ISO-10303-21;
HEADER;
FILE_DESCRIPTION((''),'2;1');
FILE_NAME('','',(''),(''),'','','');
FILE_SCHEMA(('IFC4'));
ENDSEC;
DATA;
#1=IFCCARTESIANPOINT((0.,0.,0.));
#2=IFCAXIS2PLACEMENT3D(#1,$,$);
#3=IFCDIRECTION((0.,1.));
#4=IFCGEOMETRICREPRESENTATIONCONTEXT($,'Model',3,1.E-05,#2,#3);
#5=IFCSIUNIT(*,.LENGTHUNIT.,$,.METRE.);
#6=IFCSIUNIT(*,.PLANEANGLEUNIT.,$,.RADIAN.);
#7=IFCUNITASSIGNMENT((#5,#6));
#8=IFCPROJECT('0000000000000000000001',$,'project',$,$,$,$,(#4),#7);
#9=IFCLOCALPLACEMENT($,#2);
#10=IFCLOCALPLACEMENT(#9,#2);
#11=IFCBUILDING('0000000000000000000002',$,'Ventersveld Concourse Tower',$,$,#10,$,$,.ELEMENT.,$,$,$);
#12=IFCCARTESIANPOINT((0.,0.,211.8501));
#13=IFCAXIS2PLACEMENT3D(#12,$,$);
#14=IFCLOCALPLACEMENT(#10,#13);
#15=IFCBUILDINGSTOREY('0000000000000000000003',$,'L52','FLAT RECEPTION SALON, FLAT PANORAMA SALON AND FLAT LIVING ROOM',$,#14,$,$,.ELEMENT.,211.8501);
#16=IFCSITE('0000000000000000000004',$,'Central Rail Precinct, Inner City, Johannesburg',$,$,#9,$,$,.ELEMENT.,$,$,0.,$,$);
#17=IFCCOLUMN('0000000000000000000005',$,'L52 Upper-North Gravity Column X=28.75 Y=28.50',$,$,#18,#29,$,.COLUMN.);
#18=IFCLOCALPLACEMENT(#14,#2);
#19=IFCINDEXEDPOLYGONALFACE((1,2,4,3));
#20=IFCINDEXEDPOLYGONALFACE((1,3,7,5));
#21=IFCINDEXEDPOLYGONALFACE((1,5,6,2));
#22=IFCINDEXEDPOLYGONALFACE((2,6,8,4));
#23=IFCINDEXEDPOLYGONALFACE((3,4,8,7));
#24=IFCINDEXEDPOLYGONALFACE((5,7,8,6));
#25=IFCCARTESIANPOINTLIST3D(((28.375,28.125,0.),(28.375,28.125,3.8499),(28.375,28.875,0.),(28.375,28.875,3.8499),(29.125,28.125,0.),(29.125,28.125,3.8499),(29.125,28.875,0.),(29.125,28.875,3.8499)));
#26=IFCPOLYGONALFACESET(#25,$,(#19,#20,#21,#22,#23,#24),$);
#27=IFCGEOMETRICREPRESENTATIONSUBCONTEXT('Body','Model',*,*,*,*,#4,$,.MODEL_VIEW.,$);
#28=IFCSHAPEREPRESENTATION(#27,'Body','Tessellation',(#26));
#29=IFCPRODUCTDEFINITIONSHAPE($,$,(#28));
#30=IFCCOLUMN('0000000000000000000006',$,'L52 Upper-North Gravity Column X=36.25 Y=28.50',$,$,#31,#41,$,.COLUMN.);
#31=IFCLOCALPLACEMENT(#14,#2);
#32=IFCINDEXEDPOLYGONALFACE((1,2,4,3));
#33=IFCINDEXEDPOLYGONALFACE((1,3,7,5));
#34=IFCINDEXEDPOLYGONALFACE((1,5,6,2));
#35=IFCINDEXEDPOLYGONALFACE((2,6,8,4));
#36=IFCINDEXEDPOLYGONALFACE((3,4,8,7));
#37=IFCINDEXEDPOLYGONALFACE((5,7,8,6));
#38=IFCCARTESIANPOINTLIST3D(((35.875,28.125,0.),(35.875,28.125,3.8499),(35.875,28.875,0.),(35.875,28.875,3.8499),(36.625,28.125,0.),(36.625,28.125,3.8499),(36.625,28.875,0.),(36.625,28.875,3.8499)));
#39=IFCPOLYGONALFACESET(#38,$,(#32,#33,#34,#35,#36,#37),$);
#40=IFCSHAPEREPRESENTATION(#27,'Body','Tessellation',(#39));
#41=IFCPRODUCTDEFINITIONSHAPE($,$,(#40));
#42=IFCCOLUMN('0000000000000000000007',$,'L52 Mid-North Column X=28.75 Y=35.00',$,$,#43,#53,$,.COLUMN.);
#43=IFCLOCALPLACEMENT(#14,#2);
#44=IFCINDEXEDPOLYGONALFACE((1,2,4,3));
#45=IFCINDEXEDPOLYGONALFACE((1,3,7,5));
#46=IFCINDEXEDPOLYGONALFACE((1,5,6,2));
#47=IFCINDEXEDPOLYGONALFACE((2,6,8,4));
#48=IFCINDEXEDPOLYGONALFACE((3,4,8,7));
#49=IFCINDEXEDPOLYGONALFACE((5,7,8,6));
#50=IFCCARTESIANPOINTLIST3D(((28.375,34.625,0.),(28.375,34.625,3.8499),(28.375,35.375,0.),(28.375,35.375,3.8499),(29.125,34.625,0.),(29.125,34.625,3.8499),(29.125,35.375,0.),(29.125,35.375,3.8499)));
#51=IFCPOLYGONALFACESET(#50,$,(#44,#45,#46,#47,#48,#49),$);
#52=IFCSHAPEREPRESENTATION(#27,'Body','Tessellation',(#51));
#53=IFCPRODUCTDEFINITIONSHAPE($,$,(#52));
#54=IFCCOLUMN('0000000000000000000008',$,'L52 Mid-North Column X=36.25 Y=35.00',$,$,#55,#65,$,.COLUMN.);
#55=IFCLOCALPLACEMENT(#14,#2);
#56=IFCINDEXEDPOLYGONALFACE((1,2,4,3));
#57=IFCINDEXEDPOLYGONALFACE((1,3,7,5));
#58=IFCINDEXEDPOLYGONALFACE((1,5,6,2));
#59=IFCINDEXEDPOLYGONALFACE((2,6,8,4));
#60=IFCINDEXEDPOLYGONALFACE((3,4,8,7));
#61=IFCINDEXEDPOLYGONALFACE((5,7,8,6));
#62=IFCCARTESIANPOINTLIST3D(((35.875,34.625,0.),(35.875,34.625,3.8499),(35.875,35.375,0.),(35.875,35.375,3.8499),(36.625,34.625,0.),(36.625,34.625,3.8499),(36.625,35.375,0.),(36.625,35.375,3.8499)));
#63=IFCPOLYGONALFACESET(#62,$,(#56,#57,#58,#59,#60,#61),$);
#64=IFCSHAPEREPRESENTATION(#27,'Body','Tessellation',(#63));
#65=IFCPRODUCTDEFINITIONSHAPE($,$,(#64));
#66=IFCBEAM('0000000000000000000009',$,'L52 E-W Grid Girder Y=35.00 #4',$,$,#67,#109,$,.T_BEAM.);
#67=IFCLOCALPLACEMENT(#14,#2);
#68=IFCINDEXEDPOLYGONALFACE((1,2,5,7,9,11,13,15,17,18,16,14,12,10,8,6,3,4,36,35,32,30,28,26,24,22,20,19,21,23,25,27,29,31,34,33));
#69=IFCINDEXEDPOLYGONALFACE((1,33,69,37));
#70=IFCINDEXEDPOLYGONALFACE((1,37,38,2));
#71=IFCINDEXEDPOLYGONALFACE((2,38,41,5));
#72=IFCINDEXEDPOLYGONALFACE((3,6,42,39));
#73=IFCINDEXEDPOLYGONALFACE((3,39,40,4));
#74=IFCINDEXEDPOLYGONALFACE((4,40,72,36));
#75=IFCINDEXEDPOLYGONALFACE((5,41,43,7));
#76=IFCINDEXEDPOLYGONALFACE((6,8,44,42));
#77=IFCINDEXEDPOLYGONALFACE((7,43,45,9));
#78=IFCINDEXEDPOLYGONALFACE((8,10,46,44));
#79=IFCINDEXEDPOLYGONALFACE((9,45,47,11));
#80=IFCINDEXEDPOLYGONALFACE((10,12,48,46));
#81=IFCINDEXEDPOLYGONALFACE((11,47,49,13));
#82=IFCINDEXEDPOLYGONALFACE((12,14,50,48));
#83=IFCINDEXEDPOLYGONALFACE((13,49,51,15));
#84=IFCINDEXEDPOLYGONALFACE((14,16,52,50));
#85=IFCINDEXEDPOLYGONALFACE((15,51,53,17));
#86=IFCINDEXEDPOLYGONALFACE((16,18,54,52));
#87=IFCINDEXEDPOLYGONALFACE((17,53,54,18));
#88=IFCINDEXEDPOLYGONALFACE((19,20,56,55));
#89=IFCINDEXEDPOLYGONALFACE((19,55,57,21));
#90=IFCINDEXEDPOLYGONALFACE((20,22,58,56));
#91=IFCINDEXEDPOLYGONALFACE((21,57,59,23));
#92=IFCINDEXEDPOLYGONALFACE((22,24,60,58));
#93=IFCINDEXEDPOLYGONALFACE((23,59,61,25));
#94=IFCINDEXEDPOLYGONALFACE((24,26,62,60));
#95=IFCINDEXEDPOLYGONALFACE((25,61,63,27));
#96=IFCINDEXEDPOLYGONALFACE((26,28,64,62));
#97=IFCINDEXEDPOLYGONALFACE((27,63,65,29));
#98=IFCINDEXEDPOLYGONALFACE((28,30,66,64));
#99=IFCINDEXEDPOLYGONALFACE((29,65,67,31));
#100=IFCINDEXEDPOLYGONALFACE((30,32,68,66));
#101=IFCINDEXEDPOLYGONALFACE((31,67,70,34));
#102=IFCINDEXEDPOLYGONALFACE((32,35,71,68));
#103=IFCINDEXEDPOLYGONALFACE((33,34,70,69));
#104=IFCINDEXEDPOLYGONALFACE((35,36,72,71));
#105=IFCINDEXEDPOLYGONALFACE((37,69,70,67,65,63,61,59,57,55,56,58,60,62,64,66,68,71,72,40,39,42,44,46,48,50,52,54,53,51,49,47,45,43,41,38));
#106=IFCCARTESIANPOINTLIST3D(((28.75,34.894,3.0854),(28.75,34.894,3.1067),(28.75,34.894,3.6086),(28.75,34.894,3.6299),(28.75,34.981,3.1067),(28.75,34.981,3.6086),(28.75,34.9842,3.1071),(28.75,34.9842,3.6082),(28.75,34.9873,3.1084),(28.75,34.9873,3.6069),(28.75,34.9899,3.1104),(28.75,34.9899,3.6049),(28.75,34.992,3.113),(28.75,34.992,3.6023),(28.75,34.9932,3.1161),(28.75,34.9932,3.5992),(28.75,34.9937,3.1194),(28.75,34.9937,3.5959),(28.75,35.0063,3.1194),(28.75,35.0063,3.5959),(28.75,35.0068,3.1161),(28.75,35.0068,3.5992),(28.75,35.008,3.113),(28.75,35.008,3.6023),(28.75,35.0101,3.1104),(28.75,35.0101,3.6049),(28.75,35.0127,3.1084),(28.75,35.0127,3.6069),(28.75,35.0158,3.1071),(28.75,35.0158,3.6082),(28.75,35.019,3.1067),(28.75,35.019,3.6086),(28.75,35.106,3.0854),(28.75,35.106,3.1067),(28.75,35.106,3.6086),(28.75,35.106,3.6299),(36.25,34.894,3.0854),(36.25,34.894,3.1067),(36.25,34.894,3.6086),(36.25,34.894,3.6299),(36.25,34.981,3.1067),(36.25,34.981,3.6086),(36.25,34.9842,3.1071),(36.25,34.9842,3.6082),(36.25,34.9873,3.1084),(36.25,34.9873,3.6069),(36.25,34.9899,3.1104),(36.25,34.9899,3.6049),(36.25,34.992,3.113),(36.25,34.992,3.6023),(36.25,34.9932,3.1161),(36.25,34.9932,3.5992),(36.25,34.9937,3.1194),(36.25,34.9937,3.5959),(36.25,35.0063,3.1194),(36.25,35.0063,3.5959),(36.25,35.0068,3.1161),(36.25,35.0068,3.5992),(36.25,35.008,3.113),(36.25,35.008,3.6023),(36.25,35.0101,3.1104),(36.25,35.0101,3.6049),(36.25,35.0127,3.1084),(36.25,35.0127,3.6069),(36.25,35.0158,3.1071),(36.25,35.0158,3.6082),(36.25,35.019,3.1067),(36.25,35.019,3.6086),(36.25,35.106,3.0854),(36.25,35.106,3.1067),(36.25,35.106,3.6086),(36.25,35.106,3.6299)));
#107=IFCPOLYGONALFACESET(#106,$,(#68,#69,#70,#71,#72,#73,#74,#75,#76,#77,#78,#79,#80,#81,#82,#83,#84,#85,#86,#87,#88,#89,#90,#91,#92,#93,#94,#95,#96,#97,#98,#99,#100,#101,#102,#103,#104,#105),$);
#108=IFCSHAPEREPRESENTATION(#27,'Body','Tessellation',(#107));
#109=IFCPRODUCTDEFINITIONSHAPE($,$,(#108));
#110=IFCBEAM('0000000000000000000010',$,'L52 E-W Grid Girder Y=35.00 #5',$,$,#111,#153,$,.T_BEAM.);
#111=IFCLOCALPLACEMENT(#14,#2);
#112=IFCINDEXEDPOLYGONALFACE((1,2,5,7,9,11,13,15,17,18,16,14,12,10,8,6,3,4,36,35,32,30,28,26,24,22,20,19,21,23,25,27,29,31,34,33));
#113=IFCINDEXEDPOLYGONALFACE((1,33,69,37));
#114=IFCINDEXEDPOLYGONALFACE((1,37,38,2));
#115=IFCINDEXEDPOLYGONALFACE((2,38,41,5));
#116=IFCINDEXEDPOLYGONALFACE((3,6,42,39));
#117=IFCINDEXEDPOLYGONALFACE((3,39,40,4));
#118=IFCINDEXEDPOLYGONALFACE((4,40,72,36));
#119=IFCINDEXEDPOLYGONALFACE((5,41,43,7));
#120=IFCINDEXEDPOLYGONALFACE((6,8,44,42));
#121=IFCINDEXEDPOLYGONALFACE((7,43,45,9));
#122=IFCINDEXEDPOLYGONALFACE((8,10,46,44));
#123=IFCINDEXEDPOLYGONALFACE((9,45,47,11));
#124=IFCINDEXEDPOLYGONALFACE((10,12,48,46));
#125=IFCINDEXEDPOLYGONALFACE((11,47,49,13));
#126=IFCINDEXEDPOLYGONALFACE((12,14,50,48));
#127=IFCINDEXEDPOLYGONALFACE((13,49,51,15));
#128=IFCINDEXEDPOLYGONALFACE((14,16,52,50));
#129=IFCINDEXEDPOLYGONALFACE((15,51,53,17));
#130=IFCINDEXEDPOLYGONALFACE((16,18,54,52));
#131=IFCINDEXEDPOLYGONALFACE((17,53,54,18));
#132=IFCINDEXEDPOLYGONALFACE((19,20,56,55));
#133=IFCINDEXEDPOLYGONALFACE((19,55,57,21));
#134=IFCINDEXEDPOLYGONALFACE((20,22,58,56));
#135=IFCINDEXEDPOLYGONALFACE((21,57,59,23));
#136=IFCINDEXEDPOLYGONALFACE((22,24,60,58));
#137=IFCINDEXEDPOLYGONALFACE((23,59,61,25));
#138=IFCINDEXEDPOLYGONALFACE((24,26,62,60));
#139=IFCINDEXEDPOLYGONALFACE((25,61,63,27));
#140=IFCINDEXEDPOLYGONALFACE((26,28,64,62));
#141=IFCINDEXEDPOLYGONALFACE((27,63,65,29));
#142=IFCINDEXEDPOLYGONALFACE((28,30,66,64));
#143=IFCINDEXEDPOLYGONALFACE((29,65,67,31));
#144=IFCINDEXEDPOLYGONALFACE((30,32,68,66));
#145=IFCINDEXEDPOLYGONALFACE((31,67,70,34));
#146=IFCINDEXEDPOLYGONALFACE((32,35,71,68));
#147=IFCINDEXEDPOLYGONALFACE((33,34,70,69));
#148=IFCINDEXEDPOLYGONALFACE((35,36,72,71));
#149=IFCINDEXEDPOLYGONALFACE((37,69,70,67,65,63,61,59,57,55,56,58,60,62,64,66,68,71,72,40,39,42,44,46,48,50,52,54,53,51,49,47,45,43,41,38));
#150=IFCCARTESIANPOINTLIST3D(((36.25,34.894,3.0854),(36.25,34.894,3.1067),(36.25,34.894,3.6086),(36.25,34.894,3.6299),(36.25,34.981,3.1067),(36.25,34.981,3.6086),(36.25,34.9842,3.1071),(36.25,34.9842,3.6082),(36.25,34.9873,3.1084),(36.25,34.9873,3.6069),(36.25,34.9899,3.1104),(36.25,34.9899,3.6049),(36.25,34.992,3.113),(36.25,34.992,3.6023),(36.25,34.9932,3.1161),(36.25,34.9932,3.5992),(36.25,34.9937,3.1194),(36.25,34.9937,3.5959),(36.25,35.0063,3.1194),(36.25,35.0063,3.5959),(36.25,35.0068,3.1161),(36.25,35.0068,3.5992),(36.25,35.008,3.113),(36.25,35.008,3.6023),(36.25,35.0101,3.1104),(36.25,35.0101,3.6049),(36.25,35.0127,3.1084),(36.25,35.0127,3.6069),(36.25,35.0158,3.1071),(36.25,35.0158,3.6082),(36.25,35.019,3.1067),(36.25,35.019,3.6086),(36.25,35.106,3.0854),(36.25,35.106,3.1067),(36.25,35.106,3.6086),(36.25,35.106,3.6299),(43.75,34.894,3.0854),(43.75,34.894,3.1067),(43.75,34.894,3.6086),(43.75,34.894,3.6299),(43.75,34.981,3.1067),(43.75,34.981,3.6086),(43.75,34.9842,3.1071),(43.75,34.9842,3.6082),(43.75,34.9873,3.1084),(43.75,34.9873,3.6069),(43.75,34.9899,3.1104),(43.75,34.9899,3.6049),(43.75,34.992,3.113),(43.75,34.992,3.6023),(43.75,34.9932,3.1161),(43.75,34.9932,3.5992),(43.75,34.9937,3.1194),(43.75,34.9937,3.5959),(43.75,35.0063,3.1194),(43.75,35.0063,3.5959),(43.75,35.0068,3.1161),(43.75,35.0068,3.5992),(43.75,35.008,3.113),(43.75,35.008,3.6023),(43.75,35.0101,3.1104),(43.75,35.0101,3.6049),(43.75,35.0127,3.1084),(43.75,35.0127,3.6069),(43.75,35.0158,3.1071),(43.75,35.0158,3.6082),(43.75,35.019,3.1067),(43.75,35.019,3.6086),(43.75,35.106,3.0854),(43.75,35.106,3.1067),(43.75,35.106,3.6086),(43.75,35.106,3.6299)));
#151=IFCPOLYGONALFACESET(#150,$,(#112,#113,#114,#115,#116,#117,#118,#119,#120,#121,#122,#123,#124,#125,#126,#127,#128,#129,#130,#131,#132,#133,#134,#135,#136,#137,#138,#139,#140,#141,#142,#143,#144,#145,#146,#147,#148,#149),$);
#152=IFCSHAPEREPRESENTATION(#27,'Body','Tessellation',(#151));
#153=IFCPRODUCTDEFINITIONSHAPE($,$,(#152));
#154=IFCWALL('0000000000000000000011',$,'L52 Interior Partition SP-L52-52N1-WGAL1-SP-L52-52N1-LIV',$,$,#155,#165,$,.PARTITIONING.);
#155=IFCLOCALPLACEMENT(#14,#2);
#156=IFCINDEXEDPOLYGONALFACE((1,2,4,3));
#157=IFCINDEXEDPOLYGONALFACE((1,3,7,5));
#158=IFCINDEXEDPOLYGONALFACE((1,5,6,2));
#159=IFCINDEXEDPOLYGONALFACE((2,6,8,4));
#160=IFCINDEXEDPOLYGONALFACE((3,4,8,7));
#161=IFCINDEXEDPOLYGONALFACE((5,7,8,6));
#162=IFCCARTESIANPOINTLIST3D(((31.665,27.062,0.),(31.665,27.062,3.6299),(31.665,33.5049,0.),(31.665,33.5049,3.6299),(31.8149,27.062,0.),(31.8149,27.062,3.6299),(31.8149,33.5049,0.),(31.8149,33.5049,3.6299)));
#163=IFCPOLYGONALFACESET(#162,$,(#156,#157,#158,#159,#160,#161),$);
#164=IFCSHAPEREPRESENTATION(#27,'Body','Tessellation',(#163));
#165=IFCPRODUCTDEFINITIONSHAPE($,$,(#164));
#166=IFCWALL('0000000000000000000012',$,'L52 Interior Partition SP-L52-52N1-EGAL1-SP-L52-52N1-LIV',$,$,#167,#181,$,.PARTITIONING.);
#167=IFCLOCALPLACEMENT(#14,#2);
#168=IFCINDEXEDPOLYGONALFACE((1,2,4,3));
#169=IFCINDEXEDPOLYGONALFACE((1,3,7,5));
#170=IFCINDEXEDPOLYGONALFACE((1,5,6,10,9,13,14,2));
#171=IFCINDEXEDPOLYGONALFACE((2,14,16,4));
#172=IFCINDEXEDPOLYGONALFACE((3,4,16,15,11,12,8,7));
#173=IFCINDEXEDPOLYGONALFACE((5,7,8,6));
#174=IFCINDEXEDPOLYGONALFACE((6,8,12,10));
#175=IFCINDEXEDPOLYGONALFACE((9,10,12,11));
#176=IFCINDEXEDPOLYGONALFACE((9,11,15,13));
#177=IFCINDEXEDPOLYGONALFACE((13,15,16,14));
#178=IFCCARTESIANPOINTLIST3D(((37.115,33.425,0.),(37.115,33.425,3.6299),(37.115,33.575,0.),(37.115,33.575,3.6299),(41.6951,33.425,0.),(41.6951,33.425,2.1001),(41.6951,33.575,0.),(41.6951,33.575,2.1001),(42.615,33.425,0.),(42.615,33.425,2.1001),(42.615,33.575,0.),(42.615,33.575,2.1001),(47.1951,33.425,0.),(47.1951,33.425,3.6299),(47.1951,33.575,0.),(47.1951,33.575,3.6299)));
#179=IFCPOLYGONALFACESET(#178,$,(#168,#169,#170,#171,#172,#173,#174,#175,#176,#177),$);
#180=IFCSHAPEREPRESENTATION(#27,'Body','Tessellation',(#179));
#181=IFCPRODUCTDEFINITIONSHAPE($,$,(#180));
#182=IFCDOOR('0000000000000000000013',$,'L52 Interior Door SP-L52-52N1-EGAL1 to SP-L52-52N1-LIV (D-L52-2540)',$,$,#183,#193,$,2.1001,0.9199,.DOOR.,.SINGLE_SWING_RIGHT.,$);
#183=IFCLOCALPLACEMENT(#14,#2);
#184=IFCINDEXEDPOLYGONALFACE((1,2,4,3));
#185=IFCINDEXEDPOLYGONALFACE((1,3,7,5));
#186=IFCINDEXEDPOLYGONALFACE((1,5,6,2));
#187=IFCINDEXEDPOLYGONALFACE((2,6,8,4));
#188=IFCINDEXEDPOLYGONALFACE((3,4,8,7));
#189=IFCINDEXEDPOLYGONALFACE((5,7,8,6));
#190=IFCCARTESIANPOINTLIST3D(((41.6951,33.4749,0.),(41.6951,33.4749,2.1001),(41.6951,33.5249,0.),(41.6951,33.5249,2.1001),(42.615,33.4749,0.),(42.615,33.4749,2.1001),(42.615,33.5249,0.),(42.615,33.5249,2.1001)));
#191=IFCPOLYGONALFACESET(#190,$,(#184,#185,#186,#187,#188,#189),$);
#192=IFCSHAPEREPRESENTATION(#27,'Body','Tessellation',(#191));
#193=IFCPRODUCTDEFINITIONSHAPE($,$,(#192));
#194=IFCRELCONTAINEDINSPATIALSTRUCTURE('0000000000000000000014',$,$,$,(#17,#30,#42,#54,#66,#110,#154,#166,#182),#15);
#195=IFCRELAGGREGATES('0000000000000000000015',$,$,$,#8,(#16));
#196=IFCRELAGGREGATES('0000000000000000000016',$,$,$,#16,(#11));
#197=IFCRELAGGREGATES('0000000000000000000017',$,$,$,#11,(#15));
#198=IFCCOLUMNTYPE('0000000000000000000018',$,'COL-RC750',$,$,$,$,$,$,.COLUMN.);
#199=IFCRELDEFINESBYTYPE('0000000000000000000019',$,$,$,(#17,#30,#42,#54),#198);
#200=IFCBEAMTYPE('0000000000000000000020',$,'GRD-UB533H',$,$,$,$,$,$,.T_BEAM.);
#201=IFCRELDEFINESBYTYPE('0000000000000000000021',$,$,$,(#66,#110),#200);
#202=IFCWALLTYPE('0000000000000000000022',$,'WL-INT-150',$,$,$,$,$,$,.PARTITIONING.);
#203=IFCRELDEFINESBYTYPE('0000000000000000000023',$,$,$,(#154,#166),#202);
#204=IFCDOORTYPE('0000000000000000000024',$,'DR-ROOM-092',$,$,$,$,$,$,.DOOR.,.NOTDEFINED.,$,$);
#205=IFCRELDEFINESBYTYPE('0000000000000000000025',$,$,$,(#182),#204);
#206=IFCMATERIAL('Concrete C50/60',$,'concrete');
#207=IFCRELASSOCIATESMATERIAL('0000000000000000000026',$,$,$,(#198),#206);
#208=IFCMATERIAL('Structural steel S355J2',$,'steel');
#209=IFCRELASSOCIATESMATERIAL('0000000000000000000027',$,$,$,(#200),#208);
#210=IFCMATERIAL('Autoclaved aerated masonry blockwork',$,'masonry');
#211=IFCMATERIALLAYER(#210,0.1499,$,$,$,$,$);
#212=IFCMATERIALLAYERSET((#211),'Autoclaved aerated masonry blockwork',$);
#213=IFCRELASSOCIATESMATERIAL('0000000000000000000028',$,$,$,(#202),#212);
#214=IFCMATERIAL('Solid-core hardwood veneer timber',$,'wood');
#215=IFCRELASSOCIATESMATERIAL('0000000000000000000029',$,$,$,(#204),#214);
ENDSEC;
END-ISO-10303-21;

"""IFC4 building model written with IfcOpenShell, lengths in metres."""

from ifc_helpers import new_model, si_unit, direction, frame, frame_2d, origin, origin_2d, place, context, subcontext, project, spatial, rectangle, i_section, extrude, material, layer, layer_set, material_profile, profile_set, type_object, element, fill, save


model = new_model("IFC4")

# Units and contexts
model_context = context("Model", 3, precision=1e-05, world=origin(), true_north=direction((0.0, 1.0)))
body_context = subcontext(model_context, "Body", "Model", "MODEL_VIEW")
ifc_project = project(units=[si_unit("LENGTHUNIT", "METRE"), si_unit("PLANEANGLEUNIT", "RADIAN")], contexts=[model_context])

# Site, building, storey
site_placement = place(None, origin())
site = spatial("IfcSite", under=ifc_project, at=site_placement, Name="Central Rail Precinct, Inner City, Johannesburg", CompositionType="ELEMENT", RefElevation=0.0)
building_placement = place(site_placement, origin())
building = spatial("IfcBuilding", under=site, at=building_placement, Name="Ventersveld Concourse Tower", CompositionType="ELEMENT")
storey_placement = place(building_placement, frame((0.0, 0.0, 211.8501)))
storey = spatial("IfcBuildingStorey", under=building, at=storey_placement, Name="L52", Description="FLAT RECEPTION SALON, FLAT PANORAMA SALON AND FLAT LIVING ROOM", CompositionType="ELEMENT", Elevation=211.8501)

# Columns
ifc_material_1 = material(Name="Concrete C50/60", Category="concrete")
ifc_material_profile_1 = material_profile(ifc_material_1, rectangle(XDim=0.75, YDim=0.75, at=origin_2d()), Name="RC 750x750")
ifc_profile_set_1 = profile_set([ifc_material_profile_1], Name="Concrete C50/60")
column_type = type_object("IfcColumnType", Name="COL-RC750", PredefinedType="COLUMN", material=ifc_profile_set_1)
for number, where, z_axis, x_axis, name in (
    (1, (28.75, 28.5, 0.0), (0.0, 0.0, 1.0), (1.0, 0.0, 0.0), "L52 Upper-North Gravity Column X=28.75 Y=28.50"),
    (2, (36.25, 28.5, 0.0), (0.0, 0.0, 1.0), (1.0, 0.0, 0.0), "L52 Upper-North Gravity Column X=36.25 Y=28.50"),
    (3, (28.75, 35.0, 0.0), (0.0, 0.0, 1.0), (1.0, 0.0, 0.0), "L52 Mid-North Column X=28.75 Y=35.00"),
    (4, (36.25, 35.0, 0.0), (0.0, 0.0, 1.0), (1.0, 0.0, 0.0), "L52 Mid-North Column X=36.25 Y=35.00"),
):
    element("IfcColumn", number, at=place(storey_placement, frame(where, z_axis=z_axis, x_axis=x_axis)), inside=storey, type_object=column_type, Name=name, PredefinedType="COLUMN", context=body_context, shape_type="SweptSolid", body=[
        extrude(rectangle(XDim=0.75, YDim=0.75, at=origin_2d()), origin(), (0.0, 0.0, 1.0), 3.8499),
    ])

# Beams
ifc_material_2 = material(Name="Structural steel S355J2", Category="steel")
ifc_material_profile_2 = material_profile(ifc_material_2, i_section(OverallWidth=0.2119, OverallDepth=0.5444, WebThickness=0.0127, FlangeThickness=0.0212, FilletRadius=0.0127, at=origin_2d()), Name="UB 533x210x122")
ifc_profile_set_2 = profile_set([ifc_material_profile_2], Name="Structural steel S355J2")
beam_type = type_object("IfcBeamType", Name="GRD-UB533H", PredefinedType="T_BEAM", material=ifc_profile_set_2)
for number, where, z_axis, x_axis, name in (
    (5, (28.75, 35.0, 3.3577), (1.0, 0.0, 0.0), (0.0, 1.0, 0.0), "L52 E-W Grid Girder Y=35.00 #4"),
    (6, (36.25, 35.0, 3.3577), (1.0, 0.0, 0.0), (0.0, 1.0, 0.0), "L52 E-W Grid Girder Y=35.00 #5"),
):
    element("IfcBeam", number, at=place(storey_placement, frame(where, z_axis=z_axis, x_axis=x_axis)), inside=storey, type_object=beam_type, Name=name, PredefinedType="T_BEAM", context=body_context, shape_type="SweptSolid", body=[
        extrude(i_section(OverallWidth=0.2119, OverallDepth=0.5444, WebThickness=0.0127, FlangeThickness=0.0212, FilletRadius=0.0127, at=origin_2d()), origin(), (0.0, 0.0, 1.0), 7.5),
    ])

# Wall
ifc_material_3 = material(Name="Autoclaved aerated masonry blockwork", Category="masonry")
ifc_layer = layer(ifc_material_3, 0.1499)
ifc_layer_set = layer_set([ifc_layer], Name="Autoclaved aerated masonry blockwork")
wall_type = type_object("IfcWallType", Name="WL-INT-150", PredefinedType="PARTITIONING", material=ifc_layer_set)
wall_1_placement = place(storey_placement, frame((31.74, 27.062, 0.0), z_axis=(0.0, 0.0, 1.0), x_axis=(0.0, 1.0, 0.0)))
element("IfcWall", 7, at=wall_1_placement, inside=storey, type_object=wall_type, Name="L52 Interior Partition SP-L52-52N1-WGAL1-SP-L52-52N1-LIV", PredefinedType="PARTITIONING", context=body_context, shape_type="SweptSolid", body=[
    extrude(rectangle(XDim=6.4429, YDim=0.1499, at=frame_2d((3.2214, 0.0))), origin(), (0.0, 0.0, 1.0), 3.6299),
])

# Wall, opening, door
wall_2_placement = place(storey_placement, frame((37.115, 33.5, 0.0), z_axis=(0.0, 0.0, 1.0), x_axis=(1.0, 0.0, 0.0)))
wall_2 = element("IfcWall", 8, at=wall_2_placement, inside=storey, type_object=wall_type, Name="L52 Interior Partition SP-L52-52N1-EGAL1-SP-L52-52N1-LIV", PredefinedType="PARTITIONING", context=body_context, shape_type="SweptSolid", body=[
    extrude(rectangle(XDim=10.0801, YDim=0.1499, at=frame_2d((5.04, 0.0))), origin(), (0.0, 0.0, 1.0), 3.6299),
])
opening_1_placement = place(wall_2_placement, frame((4.5801, 0.0, 0.0)))
opening_1 = element("IfcOpeningElement", 9, at=opening_1_placement, cuts=wall_2, PredefinedType="OPENING", context=body_context, shape_type="SweptSolid", body=[
    extrude(rectangle(XDim=0.9199, YDim=2.1001, at=frame_2d((0.46, 1.05))), frame((0.0, 0.085, 0.0), z_axis=(0.0, -1.0, 0.0), x_axis=(1.0, 0.0, 0.0)), (0.0, 0.0, 1.0), 0.1699),
])
ifc_material_4 = material(Name="Solid-core hardwood veneer timber", Category="wood")
door_type = type_object("IfcDoorType", Name="DR-ROOM-092", OperationType="NOTDEFINED", PredefinedType="DOOR", material=ifc_material_4)
door_1_placement = place(opening_1_placement, origin())
door_1 = element("IfcDoor", 10, at=door_1_placement, inside=storey, type_object=door_type, Name="L52 Interior Door SP-L52-52N1-EGAL1 to SP-L52-52N1-LIV (D-L52-2540)", OperationType="SINGLE_SWING_RIGHT", OverallHeight=2.1001, OverallWidth=0.9199, PredefinedType="DOOR", context=body_context, shape_type="SweptSolid", body=[
    extrude(rectangle(XDim=0.9199, YDim=2.1001, at=frame_2d((0.46, 1.05))), frame((0.0, 0.0249, 0.0), z_axis=(0.0, -1.0, 0.0), x_axis=(1.0, 0.0, 0.0)), (0.0, 0.0, 1.0), 0.05),
])
fill(opening_1, door_1)

save(model, "model.ifc")
